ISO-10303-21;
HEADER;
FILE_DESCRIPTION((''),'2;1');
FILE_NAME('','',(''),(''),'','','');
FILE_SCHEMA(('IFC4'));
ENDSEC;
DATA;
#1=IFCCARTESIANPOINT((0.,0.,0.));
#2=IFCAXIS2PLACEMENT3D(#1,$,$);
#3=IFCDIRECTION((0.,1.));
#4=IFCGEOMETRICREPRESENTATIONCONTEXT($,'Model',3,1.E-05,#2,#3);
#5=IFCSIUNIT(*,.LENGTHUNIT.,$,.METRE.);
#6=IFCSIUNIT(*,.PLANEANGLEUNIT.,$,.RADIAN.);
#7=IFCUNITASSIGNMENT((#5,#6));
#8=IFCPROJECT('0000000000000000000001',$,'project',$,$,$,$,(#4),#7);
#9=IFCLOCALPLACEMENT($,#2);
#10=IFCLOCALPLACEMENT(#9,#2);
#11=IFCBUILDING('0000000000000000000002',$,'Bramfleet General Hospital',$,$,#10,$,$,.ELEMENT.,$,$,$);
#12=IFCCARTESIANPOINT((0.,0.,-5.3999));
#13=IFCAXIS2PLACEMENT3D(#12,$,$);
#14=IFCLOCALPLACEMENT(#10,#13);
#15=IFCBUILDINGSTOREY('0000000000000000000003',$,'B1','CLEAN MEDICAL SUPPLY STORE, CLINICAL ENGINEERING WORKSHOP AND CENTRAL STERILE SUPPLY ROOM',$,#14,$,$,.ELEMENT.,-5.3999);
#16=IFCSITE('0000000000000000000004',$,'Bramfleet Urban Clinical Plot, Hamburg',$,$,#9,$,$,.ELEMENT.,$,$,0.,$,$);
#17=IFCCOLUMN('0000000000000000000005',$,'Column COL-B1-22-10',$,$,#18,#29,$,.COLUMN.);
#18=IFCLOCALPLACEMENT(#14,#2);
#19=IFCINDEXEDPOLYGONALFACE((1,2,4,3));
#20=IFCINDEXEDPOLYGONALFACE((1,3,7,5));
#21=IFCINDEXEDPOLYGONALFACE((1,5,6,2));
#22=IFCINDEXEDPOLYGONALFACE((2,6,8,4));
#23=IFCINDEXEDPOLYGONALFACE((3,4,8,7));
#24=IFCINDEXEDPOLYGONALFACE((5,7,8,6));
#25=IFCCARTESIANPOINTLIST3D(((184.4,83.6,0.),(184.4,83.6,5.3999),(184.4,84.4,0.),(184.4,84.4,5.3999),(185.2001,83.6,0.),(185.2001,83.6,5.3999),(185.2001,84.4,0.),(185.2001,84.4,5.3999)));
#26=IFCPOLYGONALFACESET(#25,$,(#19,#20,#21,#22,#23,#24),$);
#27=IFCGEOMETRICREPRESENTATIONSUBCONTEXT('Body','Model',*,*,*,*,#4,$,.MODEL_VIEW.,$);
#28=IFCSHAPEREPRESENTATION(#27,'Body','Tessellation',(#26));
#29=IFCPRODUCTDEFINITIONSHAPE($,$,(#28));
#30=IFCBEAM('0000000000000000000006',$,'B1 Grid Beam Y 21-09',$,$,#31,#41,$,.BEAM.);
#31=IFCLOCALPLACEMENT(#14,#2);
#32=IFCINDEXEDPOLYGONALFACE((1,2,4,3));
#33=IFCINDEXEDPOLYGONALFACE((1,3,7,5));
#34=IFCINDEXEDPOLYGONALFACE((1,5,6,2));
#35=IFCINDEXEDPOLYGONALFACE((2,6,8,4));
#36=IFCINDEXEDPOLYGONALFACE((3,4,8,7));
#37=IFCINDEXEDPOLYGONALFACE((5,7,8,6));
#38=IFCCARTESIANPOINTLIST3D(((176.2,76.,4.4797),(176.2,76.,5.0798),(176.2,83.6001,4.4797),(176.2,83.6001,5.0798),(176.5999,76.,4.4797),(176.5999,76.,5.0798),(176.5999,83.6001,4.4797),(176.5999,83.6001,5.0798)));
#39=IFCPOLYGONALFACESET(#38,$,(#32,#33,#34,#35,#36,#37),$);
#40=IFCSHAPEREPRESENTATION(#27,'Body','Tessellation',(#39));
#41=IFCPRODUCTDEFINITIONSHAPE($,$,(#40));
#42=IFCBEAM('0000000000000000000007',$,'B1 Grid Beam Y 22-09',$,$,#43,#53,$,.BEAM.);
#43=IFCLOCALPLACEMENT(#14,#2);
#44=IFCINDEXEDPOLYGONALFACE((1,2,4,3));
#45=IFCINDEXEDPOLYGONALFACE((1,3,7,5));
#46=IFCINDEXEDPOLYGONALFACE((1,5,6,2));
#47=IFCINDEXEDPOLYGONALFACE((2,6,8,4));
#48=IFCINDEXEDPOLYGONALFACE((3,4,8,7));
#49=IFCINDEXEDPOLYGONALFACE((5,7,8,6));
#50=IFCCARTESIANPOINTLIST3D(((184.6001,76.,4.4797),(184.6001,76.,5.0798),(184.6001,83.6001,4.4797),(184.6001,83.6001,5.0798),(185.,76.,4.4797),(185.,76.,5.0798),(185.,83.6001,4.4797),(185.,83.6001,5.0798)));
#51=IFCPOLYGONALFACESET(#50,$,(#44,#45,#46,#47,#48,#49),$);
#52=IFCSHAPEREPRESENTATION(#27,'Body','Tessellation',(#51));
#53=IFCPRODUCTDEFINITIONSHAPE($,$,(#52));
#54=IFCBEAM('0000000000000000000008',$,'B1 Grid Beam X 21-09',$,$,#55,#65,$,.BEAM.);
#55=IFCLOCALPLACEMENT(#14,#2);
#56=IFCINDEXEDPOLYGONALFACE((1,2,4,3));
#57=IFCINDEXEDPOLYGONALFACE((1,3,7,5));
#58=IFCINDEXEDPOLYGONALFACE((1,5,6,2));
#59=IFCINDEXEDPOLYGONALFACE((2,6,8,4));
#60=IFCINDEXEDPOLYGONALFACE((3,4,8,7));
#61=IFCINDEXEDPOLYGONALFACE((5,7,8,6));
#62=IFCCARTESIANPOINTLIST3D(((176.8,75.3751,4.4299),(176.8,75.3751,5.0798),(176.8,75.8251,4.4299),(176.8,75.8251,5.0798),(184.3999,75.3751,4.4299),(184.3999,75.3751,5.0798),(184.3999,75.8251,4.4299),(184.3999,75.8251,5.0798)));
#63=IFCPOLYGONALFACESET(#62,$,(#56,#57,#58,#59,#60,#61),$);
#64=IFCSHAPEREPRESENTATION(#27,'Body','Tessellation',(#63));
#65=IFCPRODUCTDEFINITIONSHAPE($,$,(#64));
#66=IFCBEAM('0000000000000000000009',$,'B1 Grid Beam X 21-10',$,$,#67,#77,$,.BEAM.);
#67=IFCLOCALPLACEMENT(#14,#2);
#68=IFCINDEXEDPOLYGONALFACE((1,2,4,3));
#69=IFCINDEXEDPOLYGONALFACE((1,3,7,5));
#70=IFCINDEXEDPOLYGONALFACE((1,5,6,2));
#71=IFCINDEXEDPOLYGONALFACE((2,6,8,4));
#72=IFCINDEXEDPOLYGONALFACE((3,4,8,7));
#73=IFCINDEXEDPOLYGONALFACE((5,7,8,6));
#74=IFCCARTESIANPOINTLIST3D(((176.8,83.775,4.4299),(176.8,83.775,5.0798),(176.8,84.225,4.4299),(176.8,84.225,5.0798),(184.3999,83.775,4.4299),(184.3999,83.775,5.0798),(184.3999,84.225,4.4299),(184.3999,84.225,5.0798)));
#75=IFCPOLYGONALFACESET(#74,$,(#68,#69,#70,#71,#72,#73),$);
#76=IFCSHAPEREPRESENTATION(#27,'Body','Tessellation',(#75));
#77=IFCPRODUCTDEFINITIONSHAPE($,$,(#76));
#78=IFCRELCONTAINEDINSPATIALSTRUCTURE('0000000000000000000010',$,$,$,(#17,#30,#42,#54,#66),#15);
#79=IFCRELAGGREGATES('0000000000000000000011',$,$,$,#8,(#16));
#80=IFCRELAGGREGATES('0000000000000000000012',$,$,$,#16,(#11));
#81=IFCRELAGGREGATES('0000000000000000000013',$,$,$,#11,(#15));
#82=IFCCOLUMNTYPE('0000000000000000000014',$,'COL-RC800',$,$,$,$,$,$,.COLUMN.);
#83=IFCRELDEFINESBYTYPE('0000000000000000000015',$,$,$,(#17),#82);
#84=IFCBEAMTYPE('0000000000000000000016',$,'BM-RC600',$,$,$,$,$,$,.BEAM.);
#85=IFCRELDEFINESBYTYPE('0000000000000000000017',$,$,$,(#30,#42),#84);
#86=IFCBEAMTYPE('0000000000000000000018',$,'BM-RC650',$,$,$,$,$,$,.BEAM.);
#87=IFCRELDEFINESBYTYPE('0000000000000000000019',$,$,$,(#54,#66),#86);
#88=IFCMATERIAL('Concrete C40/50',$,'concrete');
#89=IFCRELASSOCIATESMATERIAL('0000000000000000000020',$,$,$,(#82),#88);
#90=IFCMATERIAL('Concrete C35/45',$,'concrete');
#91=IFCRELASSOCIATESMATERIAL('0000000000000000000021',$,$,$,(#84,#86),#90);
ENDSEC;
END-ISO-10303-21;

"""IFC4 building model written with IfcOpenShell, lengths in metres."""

from ifc_helpers import new_model, si_unit, direction, frame, origin, origin_2d, place, context, subcontext, project, spatial, rectangle, extrude, material, material_profile, profile_set, type_object, element, save


model = new_model("IFC4")

# Units and contexts
model_context = context("Model", 3, precision=1e-05, world=origin(), true_north=direction((0.0, 1.0)))
body_context = subcontext(model_context, "Body", "Model", "MODEL_VIEW")
ifc_project = project(units=[si_unit("LENGTHUNIT", "METRE"), si_unit("PLANEANGLEUNIT", "RADIAN")], contexts=[model_context])

# Site, building, storey
site_placement = place(None, origin())
site = spatial("IfcSite", under=ifc_project, at=site_placement, Name="Bramfleet Urban Clinical Plot, Hamburg", CompositionType="ELEMENT", RefElevation=0.0)
building_placement = place(site_placement, origin())
building = spatial("IfcBuilding", under=site, at=building_placement, Name="Bramfleet General Hospital", CompositionType="ELEMENT")
storey_placement = place(building_placement, frame((0.0, 0.0, -5.3999)))
storey = spatial("IfcBuildingStorey", under=building, at=storey_placement, Name="B1", Description="CLEAN MEDICAL SUPPLY STORE, CLINICAL ENGINEERING WORKSHOP AND CENTRAL STERILE SUPPLY ROOM", CompositionType="ELEMENT", Elevation=-5.3999)

# Shared definitions
ifc_material_1 = material(Name="Concrete C35/45", Category="concrete")

# Column
ifc_material_2 = material(Name="Concrete C40/50", Category="concrete")
ifc_material_profile_1 = material_profile(ifc_material_2, rectangle(XDim=0.8, YDim=0.8, at=origin_2d()), Name="RC COL 800x800")
ifc_profile_set_1 = profile_set([ifc_material_profile_1], Name="Concrete C40/50")
column_type_1 = type_object("IfcColumnType", Name="COL-RC800", PredefinedType="COLUMN", material=ifc_profile_set_1)
for number, where, z_axis, x_axis, name in (
    (1, (184.8, 84.0, 0.0), (0.0, 0.0, 1.0), (1.0, 0.0, 0.0), "Column COL-B1-22-10"),
):
    element("IfcColumn", number, at=place(storey_placement, frame(where, z_axis=z_axis, x_axis=x_axis)), inside=storey, type_object=column_type_1, Name=name, PredefinedType="COLUMN", context=body_context, shape_type="SweptSolid", body=[
        extrude(rectangle(XDim=0.8, YDim=0.8, at=origin_2d()), origin(), (0.0, 0.0, 1.0), 5.3999),
    ])

# Beams
ifc_material_profile_2 = material_profile(ifc_material_1, rectangle(XDim=0.3999, YDim=0.6001, at=origin_2d()), Name="RC BM 600x400")
ifc_profile_set_2 = profile_set([ifc_material_profile_2], Name="Concrete C35/45")
beam_type_1 = type_object("IfcBeamType", Name="BM-RC600", PredefinedType="BEAM", material=ifc_profile_set_2)
for number, where, z_axis, x_axis, name in (
    (2, (176.3999, 76.0, 4.7798), (0.0, 1.0, 0.0), (-1.0, 0.0, 0.0), "B1 Grid Beam Y 21-09"),
    (3, (184.8, 76.0, 4.7798), (0.0, 1.0, 0.0), (-1.0, 0.0, 0.0), "B1 Grid Beam Y 22-09"),
):
    element("IfcBeam", number, at=place(storey_placement, frame(where, z_axis=z_axis, x_axis=x_axis)), inside=storey, type_object=beam_type_1, Name=name, PredefinedType="BEAM", context=body_context, shape_type="SweptSolid", body=[
        extrude(rectangle(XDim=0.3999, YDim=0.6001, at=origin_2d()), origin(), (0.0, 0.0, 1.0), 7.6001),
    ])
ifc_material_profile_3 = material_profile(ifc_material_1, rectangle(XDim=0.45, YDim=0.6499, at=origin_2d()), Name="RC BM 650x450")
ifc_profile_set_3 = profile_set([ifc_material_profile_3], Name="Concrete C35/45")
beam_type_2 = type_object("IfcBeamType", Name="BM-RC650", PredefinedType="BEAM", material=ifc_profile_set_3)
for number, where, z_axis, x_axis, name in (
    (4, (176.8, 75.6001, 4.7549), (1.0, 0.0, 0.0), (0.0, 1.0, 0.0), "B1 Grid Beam X 21-09"),
    (5, (176.8, 84.0, 4.7549), (1.0, 0.0, 0.0), (0.0, 1.0, 0.0), "B1 Grid Beam X 21-10"),
):
    element("IfcBeam", number, at=place(storey_placement, frame(where, z_axis=z_axis, x_axis=x_axis)), inside=storey, type_object=beam_type_2, Name=name, PredefinedType="BEAM", context=body_context, shape_type="SweptSolid", body=[
        extrude(rectangle(XDim=0.45, YDim=0.6499, at=origin_2d()), origin(), (0.0, 0.0, 1.0), 7.5999),
    ])

save(model, "model.ifc")
